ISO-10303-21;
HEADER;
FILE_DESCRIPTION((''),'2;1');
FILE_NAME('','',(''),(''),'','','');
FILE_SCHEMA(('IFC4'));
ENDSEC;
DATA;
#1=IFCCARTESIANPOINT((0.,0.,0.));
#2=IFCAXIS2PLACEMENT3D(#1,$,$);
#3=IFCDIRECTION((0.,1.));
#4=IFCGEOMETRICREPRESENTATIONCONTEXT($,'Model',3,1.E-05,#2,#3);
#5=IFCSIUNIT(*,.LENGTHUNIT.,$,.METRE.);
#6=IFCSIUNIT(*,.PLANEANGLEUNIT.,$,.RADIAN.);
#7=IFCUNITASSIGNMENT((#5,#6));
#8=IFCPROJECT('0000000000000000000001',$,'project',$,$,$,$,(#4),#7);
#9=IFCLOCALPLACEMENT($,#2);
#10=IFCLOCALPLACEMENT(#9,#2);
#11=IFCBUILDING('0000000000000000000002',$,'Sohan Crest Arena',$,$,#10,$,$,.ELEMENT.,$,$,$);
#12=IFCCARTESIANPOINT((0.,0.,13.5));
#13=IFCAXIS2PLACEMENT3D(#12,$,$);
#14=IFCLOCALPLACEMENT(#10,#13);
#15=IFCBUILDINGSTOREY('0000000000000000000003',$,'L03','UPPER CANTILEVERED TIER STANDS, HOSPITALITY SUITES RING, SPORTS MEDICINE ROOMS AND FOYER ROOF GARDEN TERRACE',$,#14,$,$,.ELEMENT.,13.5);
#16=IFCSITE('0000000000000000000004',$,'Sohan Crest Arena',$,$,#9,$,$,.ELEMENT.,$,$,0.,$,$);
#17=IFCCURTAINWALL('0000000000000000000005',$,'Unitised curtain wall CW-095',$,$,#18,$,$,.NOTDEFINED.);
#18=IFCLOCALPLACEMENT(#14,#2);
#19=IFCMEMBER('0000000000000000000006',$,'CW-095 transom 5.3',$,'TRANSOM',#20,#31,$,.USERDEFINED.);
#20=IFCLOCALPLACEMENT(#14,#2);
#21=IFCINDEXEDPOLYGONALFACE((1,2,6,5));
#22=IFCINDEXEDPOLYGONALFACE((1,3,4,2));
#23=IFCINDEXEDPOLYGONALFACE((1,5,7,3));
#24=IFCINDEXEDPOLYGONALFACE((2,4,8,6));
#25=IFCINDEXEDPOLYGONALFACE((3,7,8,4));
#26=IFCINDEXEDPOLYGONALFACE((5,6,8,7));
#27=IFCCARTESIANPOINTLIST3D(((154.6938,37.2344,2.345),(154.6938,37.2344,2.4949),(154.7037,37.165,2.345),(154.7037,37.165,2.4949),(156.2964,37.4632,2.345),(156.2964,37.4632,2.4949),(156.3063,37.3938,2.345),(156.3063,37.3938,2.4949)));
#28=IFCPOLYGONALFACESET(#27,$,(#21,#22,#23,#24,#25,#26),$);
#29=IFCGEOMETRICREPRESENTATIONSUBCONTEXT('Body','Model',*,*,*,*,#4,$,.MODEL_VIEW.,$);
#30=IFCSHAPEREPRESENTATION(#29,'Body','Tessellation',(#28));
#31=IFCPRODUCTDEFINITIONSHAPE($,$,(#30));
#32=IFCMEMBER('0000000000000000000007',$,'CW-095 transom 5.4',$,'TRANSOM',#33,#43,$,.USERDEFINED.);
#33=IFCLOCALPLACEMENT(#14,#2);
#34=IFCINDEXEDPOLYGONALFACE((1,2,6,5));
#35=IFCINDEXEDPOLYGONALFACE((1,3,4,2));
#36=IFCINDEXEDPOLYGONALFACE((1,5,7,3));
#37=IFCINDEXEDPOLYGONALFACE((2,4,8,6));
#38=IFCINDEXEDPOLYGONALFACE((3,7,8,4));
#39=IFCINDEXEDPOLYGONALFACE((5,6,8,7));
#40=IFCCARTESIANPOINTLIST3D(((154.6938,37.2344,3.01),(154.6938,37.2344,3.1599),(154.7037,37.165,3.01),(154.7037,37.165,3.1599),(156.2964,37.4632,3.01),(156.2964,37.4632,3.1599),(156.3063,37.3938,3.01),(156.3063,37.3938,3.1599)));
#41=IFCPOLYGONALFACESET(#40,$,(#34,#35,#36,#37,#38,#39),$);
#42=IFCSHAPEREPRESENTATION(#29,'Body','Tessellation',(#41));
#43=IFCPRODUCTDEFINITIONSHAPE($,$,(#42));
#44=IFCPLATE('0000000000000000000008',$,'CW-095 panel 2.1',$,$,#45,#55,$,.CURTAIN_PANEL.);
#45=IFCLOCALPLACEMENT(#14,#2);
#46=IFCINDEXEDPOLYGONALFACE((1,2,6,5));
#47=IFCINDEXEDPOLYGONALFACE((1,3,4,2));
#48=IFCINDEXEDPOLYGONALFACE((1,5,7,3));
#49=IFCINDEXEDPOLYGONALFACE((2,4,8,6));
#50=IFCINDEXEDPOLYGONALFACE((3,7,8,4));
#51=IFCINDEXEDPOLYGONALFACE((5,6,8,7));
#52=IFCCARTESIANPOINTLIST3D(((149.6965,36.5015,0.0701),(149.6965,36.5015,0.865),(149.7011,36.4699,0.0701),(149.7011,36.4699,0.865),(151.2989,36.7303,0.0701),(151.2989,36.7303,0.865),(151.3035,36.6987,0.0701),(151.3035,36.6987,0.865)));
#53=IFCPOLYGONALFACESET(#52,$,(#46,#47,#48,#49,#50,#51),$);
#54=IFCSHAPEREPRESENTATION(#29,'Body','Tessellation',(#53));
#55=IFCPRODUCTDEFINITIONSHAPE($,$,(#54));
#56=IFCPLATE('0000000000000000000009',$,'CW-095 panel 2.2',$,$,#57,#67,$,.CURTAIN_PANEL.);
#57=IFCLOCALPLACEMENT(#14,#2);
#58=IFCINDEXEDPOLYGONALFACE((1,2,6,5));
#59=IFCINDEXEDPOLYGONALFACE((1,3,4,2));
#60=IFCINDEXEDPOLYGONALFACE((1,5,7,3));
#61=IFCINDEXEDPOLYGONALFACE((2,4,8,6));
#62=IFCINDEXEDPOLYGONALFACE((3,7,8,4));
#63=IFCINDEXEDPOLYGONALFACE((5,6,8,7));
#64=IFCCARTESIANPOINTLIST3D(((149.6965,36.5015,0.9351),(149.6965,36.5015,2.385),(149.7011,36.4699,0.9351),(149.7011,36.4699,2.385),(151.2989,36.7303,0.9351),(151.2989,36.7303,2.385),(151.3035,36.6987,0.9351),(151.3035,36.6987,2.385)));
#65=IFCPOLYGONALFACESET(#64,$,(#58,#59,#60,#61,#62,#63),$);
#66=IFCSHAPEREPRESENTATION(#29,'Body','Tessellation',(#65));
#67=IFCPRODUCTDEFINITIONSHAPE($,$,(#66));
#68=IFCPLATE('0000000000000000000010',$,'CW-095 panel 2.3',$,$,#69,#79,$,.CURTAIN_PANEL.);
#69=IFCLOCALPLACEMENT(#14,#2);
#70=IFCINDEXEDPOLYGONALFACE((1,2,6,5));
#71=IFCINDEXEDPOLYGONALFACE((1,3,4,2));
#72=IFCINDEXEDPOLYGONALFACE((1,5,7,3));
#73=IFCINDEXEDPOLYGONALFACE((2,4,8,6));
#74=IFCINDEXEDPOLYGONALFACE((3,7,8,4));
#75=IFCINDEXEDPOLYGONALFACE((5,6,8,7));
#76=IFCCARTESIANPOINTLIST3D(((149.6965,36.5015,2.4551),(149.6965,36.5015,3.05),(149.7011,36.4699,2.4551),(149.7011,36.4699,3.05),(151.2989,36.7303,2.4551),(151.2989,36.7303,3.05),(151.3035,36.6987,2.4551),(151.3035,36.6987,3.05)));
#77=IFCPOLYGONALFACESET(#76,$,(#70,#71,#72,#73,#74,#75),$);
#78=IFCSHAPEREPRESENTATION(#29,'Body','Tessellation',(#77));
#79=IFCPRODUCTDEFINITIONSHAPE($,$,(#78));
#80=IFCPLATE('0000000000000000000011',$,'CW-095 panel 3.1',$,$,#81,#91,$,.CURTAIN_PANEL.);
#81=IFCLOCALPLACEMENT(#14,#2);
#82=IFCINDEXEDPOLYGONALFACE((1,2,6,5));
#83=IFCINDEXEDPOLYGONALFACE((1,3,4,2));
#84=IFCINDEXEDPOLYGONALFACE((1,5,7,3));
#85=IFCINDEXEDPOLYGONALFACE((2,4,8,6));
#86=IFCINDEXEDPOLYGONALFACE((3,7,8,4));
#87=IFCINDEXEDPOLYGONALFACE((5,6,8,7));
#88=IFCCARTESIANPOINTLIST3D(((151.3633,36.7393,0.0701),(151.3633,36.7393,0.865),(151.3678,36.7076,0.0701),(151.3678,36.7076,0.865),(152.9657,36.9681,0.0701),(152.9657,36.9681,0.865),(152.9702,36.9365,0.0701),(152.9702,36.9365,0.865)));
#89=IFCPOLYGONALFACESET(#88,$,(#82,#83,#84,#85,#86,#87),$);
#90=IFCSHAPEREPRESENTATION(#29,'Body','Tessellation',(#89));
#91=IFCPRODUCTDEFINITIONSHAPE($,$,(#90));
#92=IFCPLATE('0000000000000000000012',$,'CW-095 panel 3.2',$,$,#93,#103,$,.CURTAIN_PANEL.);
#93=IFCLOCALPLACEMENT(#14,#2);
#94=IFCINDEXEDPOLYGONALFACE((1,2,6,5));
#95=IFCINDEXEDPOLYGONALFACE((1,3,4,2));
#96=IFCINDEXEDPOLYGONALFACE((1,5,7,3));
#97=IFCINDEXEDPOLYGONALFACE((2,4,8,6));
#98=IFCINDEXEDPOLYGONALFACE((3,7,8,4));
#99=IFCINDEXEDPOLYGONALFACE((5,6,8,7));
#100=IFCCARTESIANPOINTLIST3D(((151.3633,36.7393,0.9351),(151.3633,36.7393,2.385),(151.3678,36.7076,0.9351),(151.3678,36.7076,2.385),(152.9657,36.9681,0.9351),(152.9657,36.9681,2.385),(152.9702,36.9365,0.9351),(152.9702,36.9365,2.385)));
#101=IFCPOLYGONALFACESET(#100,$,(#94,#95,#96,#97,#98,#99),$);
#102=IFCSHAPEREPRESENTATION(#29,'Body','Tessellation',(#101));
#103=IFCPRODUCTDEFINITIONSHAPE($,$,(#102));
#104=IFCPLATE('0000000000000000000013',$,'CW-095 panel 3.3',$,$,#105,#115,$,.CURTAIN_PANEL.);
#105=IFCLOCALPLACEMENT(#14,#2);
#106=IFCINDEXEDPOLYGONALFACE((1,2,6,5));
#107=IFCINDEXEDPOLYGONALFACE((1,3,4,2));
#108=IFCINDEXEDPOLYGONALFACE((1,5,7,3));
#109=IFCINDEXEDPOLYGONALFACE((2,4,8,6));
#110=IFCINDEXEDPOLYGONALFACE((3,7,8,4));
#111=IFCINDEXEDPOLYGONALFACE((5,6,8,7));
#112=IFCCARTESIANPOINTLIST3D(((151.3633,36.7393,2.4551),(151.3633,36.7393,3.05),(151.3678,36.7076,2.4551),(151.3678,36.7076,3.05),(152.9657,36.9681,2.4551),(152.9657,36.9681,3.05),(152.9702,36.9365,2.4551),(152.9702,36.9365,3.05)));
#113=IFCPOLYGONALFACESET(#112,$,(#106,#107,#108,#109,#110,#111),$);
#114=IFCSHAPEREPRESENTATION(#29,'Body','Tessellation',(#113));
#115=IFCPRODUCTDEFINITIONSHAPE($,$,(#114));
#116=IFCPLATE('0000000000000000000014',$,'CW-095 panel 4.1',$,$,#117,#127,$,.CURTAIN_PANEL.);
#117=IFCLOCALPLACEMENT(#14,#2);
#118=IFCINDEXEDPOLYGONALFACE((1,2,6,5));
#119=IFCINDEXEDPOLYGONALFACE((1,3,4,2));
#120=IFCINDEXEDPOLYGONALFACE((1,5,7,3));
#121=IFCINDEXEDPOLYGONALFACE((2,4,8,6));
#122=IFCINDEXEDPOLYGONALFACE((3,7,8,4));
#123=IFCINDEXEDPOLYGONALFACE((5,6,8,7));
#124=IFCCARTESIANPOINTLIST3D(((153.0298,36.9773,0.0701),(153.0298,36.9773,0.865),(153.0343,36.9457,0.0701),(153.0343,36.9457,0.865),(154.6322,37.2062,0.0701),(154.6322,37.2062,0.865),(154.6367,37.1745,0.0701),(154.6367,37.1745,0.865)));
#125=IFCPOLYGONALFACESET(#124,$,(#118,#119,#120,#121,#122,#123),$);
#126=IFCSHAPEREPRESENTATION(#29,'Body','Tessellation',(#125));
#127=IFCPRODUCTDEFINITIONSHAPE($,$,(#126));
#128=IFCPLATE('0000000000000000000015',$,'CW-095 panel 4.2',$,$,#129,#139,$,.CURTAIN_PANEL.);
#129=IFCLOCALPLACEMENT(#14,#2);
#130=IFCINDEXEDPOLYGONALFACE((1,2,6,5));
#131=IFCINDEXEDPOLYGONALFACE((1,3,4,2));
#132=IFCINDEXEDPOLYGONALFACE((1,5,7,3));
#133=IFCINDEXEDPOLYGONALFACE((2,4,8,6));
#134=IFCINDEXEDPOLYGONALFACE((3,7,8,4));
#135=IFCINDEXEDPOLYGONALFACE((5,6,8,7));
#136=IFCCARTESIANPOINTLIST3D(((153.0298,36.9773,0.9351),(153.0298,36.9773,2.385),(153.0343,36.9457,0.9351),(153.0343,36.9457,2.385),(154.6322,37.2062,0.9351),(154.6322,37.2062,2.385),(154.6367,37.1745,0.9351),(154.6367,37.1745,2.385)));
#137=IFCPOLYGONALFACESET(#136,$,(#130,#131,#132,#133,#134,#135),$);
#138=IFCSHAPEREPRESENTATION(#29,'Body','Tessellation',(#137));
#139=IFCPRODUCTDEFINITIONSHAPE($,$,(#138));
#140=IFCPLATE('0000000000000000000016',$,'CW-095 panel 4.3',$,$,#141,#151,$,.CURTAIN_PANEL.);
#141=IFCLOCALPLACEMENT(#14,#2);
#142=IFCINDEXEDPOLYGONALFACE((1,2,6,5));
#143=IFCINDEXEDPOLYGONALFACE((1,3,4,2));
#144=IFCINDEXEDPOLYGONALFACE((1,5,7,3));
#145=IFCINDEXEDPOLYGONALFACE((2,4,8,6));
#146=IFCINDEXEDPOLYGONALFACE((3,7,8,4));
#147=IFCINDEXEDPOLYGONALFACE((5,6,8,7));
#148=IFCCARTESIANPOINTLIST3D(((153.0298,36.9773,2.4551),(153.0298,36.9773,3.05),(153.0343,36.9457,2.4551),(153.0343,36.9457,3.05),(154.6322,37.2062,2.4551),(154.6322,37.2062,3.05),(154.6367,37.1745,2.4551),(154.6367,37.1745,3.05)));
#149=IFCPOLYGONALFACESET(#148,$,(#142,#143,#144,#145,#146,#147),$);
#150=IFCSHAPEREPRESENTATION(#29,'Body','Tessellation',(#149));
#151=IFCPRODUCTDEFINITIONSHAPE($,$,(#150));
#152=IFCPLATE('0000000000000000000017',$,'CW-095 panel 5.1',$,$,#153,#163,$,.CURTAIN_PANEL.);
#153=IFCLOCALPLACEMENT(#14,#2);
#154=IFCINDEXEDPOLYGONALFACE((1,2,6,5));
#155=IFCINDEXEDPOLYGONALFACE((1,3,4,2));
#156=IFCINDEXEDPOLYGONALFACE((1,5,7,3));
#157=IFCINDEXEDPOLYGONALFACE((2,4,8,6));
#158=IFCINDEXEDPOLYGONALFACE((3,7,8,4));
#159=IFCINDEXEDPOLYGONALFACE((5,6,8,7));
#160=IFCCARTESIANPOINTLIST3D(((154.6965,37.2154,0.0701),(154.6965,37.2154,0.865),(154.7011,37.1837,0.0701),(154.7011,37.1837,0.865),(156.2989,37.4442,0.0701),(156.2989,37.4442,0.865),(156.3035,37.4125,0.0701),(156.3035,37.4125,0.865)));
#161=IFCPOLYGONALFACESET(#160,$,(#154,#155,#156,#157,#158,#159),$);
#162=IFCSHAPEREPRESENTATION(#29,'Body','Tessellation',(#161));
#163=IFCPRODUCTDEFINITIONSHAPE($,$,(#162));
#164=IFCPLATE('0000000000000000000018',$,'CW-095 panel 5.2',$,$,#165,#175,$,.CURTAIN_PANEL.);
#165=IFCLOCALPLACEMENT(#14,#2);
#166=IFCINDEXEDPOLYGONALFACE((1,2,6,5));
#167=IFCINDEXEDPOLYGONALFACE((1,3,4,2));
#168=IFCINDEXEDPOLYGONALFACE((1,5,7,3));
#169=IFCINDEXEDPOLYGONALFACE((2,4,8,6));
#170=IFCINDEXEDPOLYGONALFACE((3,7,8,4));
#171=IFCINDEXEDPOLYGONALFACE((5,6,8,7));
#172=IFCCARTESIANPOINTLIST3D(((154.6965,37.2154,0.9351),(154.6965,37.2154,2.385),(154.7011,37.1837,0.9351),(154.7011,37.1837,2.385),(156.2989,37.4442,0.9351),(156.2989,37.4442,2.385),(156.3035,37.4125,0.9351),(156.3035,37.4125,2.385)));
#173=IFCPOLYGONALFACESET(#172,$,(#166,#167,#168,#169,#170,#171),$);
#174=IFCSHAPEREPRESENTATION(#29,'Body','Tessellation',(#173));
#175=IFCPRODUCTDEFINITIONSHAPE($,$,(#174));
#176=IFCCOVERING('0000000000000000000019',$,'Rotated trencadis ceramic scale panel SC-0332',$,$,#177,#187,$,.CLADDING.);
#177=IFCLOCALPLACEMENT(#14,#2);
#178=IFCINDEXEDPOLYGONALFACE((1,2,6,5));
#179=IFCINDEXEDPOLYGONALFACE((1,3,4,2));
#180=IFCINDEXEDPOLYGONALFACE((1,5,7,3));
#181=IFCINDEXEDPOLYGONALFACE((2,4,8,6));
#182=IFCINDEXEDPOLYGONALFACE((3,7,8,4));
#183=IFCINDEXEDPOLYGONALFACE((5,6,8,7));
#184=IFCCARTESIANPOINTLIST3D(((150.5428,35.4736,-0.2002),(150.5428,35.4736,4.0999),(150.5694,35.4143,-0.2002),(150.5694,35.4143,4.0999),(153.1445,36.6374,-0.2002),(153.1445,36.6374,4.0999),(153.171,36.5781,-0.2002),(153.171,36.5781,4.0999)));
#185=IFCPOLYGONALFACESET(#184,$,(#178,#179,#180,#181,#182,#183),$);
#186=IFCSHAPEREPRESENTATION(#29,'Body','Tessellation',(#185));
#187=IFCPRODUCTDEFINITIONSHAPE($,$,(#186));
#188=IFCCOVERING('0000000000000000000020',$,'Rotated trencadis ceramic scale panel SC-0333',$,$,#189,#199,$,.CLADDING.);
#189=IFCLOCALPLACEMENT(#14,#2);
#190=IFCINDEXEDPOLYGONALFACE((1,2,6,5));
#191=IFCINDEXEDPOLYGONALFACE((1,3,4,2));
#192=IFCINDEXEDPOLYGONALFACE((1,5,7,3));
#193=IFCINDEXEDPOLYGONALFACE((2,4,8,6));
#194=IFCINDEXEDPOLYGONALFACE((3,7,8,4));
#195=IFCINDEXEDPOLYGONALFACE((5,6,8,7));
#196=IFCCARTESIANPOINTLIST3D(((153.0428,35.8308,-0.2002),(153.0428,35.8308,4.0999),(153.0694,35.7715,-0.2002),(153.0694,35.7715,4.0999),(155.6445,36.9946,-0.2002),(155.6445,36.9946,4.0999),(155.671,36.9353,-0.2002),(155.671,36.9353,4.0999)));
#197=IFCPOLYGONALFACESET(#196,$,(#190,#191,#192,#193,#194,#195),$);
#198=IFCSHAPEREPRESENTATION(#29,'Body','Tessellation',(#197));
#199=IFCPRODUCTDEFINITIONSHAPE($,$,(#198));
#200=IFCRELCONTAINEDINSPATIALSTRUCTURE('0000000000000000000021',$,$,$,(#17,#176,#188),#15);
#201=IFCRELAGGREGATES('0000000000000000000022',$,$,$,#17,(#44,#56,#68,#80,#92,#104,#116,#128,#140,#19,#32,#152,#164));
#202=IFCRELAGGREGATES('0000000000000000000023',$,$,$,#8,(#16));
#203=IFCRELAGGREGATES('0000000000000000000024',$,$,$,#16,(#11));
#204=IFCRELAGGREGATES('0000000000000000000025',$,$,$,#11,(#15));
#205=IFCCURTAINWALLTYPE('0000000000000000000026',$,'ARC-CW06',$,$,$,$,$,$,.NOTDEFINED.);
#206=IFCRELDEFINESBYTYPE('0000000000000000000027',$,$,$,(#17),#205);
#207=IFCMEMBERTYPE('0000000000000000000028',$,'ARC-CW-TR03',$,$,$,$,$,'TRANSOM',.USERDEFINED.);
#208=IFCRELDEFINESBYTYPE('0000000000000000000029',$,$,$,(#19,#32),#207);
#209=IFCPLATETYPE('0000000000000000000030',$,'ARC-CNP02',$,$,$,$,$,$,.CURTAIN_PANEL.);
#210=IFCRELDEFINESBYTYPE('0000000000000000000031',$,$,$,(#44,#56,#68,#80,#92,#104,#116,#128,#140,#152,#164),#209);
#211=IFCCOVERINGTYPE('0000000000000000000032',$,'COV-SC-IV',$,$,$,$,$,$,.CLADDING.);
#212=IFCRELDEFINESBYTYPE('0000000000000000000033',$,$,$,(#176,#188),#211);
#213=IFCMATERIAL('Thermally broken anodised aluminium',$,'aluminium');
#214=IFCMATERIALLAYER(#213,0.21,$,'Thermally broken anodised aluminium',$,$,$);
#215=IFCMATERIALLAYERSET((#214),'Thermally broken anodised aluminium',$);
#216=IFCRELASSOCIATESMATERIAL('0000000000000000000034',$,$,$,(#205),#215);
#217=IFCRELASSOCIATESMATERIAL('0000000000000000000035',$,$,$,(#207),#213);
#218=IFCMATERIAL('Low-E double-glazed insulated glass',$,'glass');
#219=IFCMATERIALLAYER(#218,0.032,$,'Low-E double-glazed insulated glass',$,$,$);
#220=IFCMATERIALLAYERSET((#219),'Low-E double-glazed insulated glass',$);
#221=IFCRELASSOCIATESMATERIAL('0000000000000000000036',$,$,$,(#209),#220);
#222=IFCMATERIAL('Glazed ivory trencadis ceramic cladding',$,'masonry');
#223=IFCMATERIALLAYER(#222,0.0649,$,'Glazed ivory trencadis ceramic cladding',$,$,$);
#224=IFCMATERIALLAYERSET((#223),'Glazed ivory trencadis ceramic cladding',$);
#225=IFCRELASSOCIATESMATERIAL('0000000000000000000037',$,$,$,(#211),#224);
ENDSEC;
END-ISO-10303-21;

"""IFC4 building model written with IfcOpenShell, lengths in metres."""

from ifc_helpers import new_model, si_unit, direction, frame, origin, origin_2d, place, context, subcontext, project, spatial, rectangle, extrude, material, layer, layer_set, material_profile, profile_set, type_object, element, aggregate, save


model = new_model("IFC4")

# Units and contexts
model_context = context("Model", 3, precision=1e-05, world=origin(), true_north=direction((0.0, 1.0)))
body_context = subcontext(model_context, "Body", "Model", "MODEL_VIEW")
ifc_project = project(units=[si_unit("LENGTHUNIT", "METRE"), si_unit("PLANEANGLEUNIT", "RADIAN")], contexts=[model_context])

# Site, building, storey
site_placement = place(None, origin())
site = spatial("IfcSite", under=ifc_project, at=site_placement, Name="Sohan Crest Arena", CompositionType="ELEMENT", RefElevation=0.0)
building_placement = place(site_placement, origin())
building = spatial("IfcBuilding", under=site, at=building_placement, Name="Sohan Crest Arena", CompositionType="ELEMENT")
storey_placement = place(building_placement, frame((0.0, 0.0, 13.5)))
storey = spatial("IfcBuildingStorey", under=building, at=storey_placement, Name="L03", Description="UPPER CANTILEVERED TIER STANDS, HOSPITALITY SUITES RING, SPORTS MEDICINE ROOMS AND FOYER ROOF GARDEN TERRACE", CompositionType="ELEMENT", Elevation=13.5)

# Curtain wall, members, plates
ifc_material_1 = material(Name="Thermally broken anodised aluminium", Category="aluminium")
ifc_layer_1 = layer(ifc_material_1, 0.21, Name="Thermally broken anodised aluminium")
ifc_layer_set_1 = layer_set([ifc_layer_1], Name="Thermally broken anodised aluminium")
curtain_wall_type = type_object("IfcCurtainWallType", Name="ARC-CW06", PredefinedType="NOTDEFINED", material=ifc_layer_set_1)
curtain_wall_placement = place(storey_placement, origin())
curtain_wall = element("IfcCurtainWall", 1, at=curtain_wall_placement, inside=storey, type_object=curtain_wall_type, Name="Unitised curtain wall CW-095", PredefinedType="NOTDEFINED")
ifc_material_profile_1 = material_profile(ifc_material_1, rectangle(XDim=0.0701, YDim=0.1499, at=origin_2d()), Name="ALU-TRAN 70x150")
ifc_profile_set_1 = profile_set([ifc_material_profile_1], Name="Thermally broken anodised aluminium")
member_type_1 = type_object("IfcMemberType", Name="ARC-CW-TR03", ElementType="TRANSOM", PredefinedType="USERDEFINED", material=ifc_profile_set_1)
member_1_placement = place(storey_placement, frame((154.6987, 37.1997, 2.4199), z_axis=(0.989965, 0.141316, 0.0), x_axis=(-0.141316, 0.989965, 0.0)))
member_1 = element("IfcMember", 2, at=member_1_placement, type_object=member_type_1, Name="CW-095 transom 5.3", ObjectType="TRANSOM", PredefinedType="USERDEFINED", context=body_context, shape_type="SweptSolid", body=[
    extrude(rectangle(XDim=0.0701, YDim=0.1499, at=origin_2d()), origin(), (0.0, 0.0, 1.0), 1.6189),
])
member_2_placement = place(storey_placement, frame((154.6987, 37.1997, 3.085), z_axis=(0.989965, 0.141316, 0.0), x_axis=(-0.141316, 0.989965, 0.0)))
member_2 = element("IfcMember", 3, at=member_2_placement, type_object=member_type_1, Name="CW-095 transom 5.4", ObjectType="TRANSOM", PredefinedType="USERDEFINED", context=body_context, shape_type="SweptSolid", body=[
    extrude(rectangle(XDim=0.0701, YDim=0.1499, at=origin_2d()), origin(), (0.0, 0.0, 1.0), 1.6189),
])
ifc_material_2 = material(Name="Low-E double-glazed insulated glass", Category="glass")
ifc_layer_2 = layer(ifc_material_2, 0.032, Name="Low-E double-glazed insulated glass")
ifc_layer_set_2 = layer_set([ifc_layer_2], Name="Low-E double-glazed insulated glass")
plate_type = type_object("IfcPlateType", Name="ARC-CNP02", PredefinedType="CURTAIN_PANEL", material=ifc_layer_set_2)
plate_1_placement = place(storey_placement, frame((150.5, 36.6001, 0.0701), z_axis=(0.0, 0.0, 1.0), x_axis=(0.989957, 0.141366, 0.0)))
plate_1 = element("IfcPlate", 4, at=plate_1_placement, type_object=plate_type, Name="CW-095 panel 2.1", PredefinedType="CURTAIN_PANEL", context=body_context, shape_type="SweptSolid", body=[
    extrude(rectangle(XDim=1.6187, YDim=0.032, at=origin_2d()), origin(), (0.0, 0.0, 1.0), 0.7949),
])
plate_2_placement = place(storey_placement, frame((150.5, 36.6001, 0.9351), z_axis=(0.0, 0.0, 1.0), x_axis=(0.989957, 0.141366, 0.0)))
plate_2 = element("IfcPlate", 5, at=plate_2_placement, type_object=plate_type, Name="CW-095 panel 2.2", PredefinedType="CURTAIN_PANEL", context=body_context, shape_type="SweptSolid", body=[
    extrude(rectangle(XDim=1.6187, YDim=0.032, at=origin_2d()), origin(), (0.0, 0.0, 1.0), 1.45),
])
plate_3_placement = place(storey_placement, frame((150.5, 36.6001, 2.4551), z_axis=(0.0, 0.0, 1.0), x_axis=(0.989957, 0.141366, 0.0)))
plate_3 = element("IfcPlate", 6, at=plate_3_placement, type_object=plate_type, Name="CW-095 panel 2.3", PredefinedType="CURTAIN_PANEL", context=body_context, shape_type="SweptSolid", body=[
    extrude(rectangle(XDim=1.6187, YDim=0.032, at=origin_2d()), origin(), (0.0, 0.0, 1.0), 0.595),
])
plate_4_placement = place(storey_placement, frame((152.1667, 36.8379, 0.0701), z_axis=(0.0, 0.0, 1.0), x_axis=(0.989957, 0.141366, 0.0)))
plate_4 = element("IfcPlate", 7, at=plate_4_placement, type_object=plate_type, Name="CW-095 panel 3.1", PredefinedType="CURTAIN_PANEL", context=body_context, shape_type="SweptSolid", body=[
    extrude(rectangle(XDim=1.6187, YDim=0.032, at=origin_2d()), origin(), (0.0, 0.0, 1.0), 0.7949),
])
plate_5_placement = place(storey_placement, frame((152.1667, 36.8379, 0.9351), z_axis=(0.0, 0.0, 1.0), x_axis=(0.989957, 0.141366, 0.0)))
plate_5 = element("IfcPlate", 8, at=plate_5_placement, type_object=plate_type, Name="CW-095 panel 3.2", PredefinedType="CURTAIN_PANEL", context=body_context, shape_type="SweptSolid", body=[
    extrude(rectangle(XDim=1.6187, YDim=0.032, at=origin_2d()), origin(), (0.0, 0.0, 1.0), 1.45),
])
plate_6_placement = place(storey_placement, frame((152.1667, 36.8379, 2.4551), z_axis=(0.0, 0.0, 1.0), x_axis=(0.989957, 0.141366, 0.0)))
plate_6 = element("IfcPlate", 9, at=plate_6_placement, type_object=plate_type, Name="CW-095 panel 3.3", PredefinedType="CURTAIN_PANEL", context=body_context, shape_type="SweptSolid", body=[
    extrude(rectangle(XDim=1.6187, YDim=0.032, at=origin_2d()), origin(), (0.0, 0.0, 1.0), 0.595),
])
plate_7_placement = place(storey_placement, frame((153.8333, 37.0759, 0.0701), z_axis=(0.0, 0.0, 1.0), x_axis=(0.989957, 0.141366, 0.0)))
plate_7 = element("IfcPlate", 10, at=plate_7_placement, type_object=plate_type, Name="CW-095 panel 4.1", PredefinedType="CURTAIN_PANEL", context=body_context, shape_type="SweptSolid", body=[
    extrude(rectangle(XDim=1.6187, YDim=0.032, at=origin_2d()), origin(), (0.0, 0.0, 1.0), 0.7949),
])
plate_8_placement = place(storey_placement, frame((153.8333, 37.0759, 0.9351), z_axis=(0.0, 0.0, 1.0), x_axis=(0.989957, 0.141366, 0.0)))
plate_8 = element("IfcPlate", 11, at=plate_8_placement, type_object=plate_type, Name="CW-095 panel 4.2", PredefinedType="CURTAIN_PANEL", context=body_context, shape_type="SweptSolid", body=[
    extrude(rectangle(XDim=1.6187, YDim=0.032, at=origin_2d()), origin(), (0.0, 0.0, 1.0), 1.45),
])
plate_9_placement = place(storey_placement, frame((153.8333, 37.0759, 2.4551), z_axis=(0.0, 0.0, 1.0), x_axis=(0.989957, 0.141366, 0.0)))
plate_9 = element("IfcPlate", 12, at=plate_9_placement, type_object=plate_type, Name="CW-095 panel 4.3", PredefinedType="CURTAIN_PANEL", context=body_context, shape_type="SweptSolid", body=[
    extrude(rectangle(XDim=1.6187, YDim=0.032, at=origin_2d()), origin(), (0.0, 0.0, 1.0), 0.595),
])
plate_10_placement = place(storey_placement, frame((155.5, 37.314, 0.0701), z_axis=(0.0, 0.0, 1.0), x_axis=(0.989957, 0.141366, 0.0)))
plate_10 = element("IfcPlate", 13, at=plate_10_placement, type_object=plate_type, Name="CW-095 panel 5.1", PredefinedType="CURTAIN_PANEL", context=body_context, shape_type="SweptSolid", body=[
    extrude(rectangle(XDim=1.6187, YDim=0.032, at=origin_2d()), origin(), (0.0, 0.0, 1.0), 0.7949),
])
plate_11_placement = place(storey_placement, frame((155.5, 37.314, 0.9351), z_axis=(0.0, 0.0, 1.0), x_axis=(0.989957, 0.141366, 0.0)))
plate_11 = element("IfcPlate", 14, at=plate_11_placement, type_object=plate_type, Name="CW-095 panel 5.2", PredefinedType="CURTAIN_PANEL", context=body_context, shape_type="SweptSolid", body=[
    extrude(rectangle(XDim=1.6187, YDim=0.032, at=origin_2d()), origin(), (0.0, 0.0, 1.0), 1.45),
])
aggregate(curtain_wall, [plate_1, plate_2, plate_3, plate_4, plate_5, plate_6, plate_7, plate_8, plate_9, member_1, member_2, plate_10, plate_11])

# Coverings
ifc_material_3 = material(Name="Glazed ivory trencadis ceramic cladding", Category="masonry")
ifc_layer_3 = layer(ifc_material_3, 0.0649, Name="Glazed ivory trencadis ceramic cladding")
ifc_layer_set_3 = layer_set([ifc_layer_3], Name="Glazed ivory trencadis ceramic cladding")
covering_type_1 = type_object("IfcCoveringType", Name="COV-SC-IV", PredefinedType="CLADDING", material=ifc_layer_set_3)
for number, where, z_axis, x_axis, name in (
    (15, (151.8569, 36.0259, -0.2002), (0.0, 0.0, 1.0), (0.912834, 0.40833, 0.0), "Rotated trencadis ceramic scale panel SC-0332"),
    (16, (154.3569, 36.3831, -0.2002), (0.0, 0.0, 1.0), (0.912834, 0.40833, 0.0), "Rotated trencadis ceramic scale panel SC-0333"),
):
    element("IfcCovering", number, at=place(storey_placement, frame(where, z_axis=z_axis, x_axis=x_axis)), inside=storey, type_object=covering_type_1, Name=name, PredefinedType="CLADDING", context=body_context, shape_type="SweptSolid", body=[
        extrude(rectangle(XDim=2.8501, YDim=0.0649, at=origin_2d()), origin(), (0.0, 0.0, 1.0), 4.3),
    ])

save(model, "model.ifc")
